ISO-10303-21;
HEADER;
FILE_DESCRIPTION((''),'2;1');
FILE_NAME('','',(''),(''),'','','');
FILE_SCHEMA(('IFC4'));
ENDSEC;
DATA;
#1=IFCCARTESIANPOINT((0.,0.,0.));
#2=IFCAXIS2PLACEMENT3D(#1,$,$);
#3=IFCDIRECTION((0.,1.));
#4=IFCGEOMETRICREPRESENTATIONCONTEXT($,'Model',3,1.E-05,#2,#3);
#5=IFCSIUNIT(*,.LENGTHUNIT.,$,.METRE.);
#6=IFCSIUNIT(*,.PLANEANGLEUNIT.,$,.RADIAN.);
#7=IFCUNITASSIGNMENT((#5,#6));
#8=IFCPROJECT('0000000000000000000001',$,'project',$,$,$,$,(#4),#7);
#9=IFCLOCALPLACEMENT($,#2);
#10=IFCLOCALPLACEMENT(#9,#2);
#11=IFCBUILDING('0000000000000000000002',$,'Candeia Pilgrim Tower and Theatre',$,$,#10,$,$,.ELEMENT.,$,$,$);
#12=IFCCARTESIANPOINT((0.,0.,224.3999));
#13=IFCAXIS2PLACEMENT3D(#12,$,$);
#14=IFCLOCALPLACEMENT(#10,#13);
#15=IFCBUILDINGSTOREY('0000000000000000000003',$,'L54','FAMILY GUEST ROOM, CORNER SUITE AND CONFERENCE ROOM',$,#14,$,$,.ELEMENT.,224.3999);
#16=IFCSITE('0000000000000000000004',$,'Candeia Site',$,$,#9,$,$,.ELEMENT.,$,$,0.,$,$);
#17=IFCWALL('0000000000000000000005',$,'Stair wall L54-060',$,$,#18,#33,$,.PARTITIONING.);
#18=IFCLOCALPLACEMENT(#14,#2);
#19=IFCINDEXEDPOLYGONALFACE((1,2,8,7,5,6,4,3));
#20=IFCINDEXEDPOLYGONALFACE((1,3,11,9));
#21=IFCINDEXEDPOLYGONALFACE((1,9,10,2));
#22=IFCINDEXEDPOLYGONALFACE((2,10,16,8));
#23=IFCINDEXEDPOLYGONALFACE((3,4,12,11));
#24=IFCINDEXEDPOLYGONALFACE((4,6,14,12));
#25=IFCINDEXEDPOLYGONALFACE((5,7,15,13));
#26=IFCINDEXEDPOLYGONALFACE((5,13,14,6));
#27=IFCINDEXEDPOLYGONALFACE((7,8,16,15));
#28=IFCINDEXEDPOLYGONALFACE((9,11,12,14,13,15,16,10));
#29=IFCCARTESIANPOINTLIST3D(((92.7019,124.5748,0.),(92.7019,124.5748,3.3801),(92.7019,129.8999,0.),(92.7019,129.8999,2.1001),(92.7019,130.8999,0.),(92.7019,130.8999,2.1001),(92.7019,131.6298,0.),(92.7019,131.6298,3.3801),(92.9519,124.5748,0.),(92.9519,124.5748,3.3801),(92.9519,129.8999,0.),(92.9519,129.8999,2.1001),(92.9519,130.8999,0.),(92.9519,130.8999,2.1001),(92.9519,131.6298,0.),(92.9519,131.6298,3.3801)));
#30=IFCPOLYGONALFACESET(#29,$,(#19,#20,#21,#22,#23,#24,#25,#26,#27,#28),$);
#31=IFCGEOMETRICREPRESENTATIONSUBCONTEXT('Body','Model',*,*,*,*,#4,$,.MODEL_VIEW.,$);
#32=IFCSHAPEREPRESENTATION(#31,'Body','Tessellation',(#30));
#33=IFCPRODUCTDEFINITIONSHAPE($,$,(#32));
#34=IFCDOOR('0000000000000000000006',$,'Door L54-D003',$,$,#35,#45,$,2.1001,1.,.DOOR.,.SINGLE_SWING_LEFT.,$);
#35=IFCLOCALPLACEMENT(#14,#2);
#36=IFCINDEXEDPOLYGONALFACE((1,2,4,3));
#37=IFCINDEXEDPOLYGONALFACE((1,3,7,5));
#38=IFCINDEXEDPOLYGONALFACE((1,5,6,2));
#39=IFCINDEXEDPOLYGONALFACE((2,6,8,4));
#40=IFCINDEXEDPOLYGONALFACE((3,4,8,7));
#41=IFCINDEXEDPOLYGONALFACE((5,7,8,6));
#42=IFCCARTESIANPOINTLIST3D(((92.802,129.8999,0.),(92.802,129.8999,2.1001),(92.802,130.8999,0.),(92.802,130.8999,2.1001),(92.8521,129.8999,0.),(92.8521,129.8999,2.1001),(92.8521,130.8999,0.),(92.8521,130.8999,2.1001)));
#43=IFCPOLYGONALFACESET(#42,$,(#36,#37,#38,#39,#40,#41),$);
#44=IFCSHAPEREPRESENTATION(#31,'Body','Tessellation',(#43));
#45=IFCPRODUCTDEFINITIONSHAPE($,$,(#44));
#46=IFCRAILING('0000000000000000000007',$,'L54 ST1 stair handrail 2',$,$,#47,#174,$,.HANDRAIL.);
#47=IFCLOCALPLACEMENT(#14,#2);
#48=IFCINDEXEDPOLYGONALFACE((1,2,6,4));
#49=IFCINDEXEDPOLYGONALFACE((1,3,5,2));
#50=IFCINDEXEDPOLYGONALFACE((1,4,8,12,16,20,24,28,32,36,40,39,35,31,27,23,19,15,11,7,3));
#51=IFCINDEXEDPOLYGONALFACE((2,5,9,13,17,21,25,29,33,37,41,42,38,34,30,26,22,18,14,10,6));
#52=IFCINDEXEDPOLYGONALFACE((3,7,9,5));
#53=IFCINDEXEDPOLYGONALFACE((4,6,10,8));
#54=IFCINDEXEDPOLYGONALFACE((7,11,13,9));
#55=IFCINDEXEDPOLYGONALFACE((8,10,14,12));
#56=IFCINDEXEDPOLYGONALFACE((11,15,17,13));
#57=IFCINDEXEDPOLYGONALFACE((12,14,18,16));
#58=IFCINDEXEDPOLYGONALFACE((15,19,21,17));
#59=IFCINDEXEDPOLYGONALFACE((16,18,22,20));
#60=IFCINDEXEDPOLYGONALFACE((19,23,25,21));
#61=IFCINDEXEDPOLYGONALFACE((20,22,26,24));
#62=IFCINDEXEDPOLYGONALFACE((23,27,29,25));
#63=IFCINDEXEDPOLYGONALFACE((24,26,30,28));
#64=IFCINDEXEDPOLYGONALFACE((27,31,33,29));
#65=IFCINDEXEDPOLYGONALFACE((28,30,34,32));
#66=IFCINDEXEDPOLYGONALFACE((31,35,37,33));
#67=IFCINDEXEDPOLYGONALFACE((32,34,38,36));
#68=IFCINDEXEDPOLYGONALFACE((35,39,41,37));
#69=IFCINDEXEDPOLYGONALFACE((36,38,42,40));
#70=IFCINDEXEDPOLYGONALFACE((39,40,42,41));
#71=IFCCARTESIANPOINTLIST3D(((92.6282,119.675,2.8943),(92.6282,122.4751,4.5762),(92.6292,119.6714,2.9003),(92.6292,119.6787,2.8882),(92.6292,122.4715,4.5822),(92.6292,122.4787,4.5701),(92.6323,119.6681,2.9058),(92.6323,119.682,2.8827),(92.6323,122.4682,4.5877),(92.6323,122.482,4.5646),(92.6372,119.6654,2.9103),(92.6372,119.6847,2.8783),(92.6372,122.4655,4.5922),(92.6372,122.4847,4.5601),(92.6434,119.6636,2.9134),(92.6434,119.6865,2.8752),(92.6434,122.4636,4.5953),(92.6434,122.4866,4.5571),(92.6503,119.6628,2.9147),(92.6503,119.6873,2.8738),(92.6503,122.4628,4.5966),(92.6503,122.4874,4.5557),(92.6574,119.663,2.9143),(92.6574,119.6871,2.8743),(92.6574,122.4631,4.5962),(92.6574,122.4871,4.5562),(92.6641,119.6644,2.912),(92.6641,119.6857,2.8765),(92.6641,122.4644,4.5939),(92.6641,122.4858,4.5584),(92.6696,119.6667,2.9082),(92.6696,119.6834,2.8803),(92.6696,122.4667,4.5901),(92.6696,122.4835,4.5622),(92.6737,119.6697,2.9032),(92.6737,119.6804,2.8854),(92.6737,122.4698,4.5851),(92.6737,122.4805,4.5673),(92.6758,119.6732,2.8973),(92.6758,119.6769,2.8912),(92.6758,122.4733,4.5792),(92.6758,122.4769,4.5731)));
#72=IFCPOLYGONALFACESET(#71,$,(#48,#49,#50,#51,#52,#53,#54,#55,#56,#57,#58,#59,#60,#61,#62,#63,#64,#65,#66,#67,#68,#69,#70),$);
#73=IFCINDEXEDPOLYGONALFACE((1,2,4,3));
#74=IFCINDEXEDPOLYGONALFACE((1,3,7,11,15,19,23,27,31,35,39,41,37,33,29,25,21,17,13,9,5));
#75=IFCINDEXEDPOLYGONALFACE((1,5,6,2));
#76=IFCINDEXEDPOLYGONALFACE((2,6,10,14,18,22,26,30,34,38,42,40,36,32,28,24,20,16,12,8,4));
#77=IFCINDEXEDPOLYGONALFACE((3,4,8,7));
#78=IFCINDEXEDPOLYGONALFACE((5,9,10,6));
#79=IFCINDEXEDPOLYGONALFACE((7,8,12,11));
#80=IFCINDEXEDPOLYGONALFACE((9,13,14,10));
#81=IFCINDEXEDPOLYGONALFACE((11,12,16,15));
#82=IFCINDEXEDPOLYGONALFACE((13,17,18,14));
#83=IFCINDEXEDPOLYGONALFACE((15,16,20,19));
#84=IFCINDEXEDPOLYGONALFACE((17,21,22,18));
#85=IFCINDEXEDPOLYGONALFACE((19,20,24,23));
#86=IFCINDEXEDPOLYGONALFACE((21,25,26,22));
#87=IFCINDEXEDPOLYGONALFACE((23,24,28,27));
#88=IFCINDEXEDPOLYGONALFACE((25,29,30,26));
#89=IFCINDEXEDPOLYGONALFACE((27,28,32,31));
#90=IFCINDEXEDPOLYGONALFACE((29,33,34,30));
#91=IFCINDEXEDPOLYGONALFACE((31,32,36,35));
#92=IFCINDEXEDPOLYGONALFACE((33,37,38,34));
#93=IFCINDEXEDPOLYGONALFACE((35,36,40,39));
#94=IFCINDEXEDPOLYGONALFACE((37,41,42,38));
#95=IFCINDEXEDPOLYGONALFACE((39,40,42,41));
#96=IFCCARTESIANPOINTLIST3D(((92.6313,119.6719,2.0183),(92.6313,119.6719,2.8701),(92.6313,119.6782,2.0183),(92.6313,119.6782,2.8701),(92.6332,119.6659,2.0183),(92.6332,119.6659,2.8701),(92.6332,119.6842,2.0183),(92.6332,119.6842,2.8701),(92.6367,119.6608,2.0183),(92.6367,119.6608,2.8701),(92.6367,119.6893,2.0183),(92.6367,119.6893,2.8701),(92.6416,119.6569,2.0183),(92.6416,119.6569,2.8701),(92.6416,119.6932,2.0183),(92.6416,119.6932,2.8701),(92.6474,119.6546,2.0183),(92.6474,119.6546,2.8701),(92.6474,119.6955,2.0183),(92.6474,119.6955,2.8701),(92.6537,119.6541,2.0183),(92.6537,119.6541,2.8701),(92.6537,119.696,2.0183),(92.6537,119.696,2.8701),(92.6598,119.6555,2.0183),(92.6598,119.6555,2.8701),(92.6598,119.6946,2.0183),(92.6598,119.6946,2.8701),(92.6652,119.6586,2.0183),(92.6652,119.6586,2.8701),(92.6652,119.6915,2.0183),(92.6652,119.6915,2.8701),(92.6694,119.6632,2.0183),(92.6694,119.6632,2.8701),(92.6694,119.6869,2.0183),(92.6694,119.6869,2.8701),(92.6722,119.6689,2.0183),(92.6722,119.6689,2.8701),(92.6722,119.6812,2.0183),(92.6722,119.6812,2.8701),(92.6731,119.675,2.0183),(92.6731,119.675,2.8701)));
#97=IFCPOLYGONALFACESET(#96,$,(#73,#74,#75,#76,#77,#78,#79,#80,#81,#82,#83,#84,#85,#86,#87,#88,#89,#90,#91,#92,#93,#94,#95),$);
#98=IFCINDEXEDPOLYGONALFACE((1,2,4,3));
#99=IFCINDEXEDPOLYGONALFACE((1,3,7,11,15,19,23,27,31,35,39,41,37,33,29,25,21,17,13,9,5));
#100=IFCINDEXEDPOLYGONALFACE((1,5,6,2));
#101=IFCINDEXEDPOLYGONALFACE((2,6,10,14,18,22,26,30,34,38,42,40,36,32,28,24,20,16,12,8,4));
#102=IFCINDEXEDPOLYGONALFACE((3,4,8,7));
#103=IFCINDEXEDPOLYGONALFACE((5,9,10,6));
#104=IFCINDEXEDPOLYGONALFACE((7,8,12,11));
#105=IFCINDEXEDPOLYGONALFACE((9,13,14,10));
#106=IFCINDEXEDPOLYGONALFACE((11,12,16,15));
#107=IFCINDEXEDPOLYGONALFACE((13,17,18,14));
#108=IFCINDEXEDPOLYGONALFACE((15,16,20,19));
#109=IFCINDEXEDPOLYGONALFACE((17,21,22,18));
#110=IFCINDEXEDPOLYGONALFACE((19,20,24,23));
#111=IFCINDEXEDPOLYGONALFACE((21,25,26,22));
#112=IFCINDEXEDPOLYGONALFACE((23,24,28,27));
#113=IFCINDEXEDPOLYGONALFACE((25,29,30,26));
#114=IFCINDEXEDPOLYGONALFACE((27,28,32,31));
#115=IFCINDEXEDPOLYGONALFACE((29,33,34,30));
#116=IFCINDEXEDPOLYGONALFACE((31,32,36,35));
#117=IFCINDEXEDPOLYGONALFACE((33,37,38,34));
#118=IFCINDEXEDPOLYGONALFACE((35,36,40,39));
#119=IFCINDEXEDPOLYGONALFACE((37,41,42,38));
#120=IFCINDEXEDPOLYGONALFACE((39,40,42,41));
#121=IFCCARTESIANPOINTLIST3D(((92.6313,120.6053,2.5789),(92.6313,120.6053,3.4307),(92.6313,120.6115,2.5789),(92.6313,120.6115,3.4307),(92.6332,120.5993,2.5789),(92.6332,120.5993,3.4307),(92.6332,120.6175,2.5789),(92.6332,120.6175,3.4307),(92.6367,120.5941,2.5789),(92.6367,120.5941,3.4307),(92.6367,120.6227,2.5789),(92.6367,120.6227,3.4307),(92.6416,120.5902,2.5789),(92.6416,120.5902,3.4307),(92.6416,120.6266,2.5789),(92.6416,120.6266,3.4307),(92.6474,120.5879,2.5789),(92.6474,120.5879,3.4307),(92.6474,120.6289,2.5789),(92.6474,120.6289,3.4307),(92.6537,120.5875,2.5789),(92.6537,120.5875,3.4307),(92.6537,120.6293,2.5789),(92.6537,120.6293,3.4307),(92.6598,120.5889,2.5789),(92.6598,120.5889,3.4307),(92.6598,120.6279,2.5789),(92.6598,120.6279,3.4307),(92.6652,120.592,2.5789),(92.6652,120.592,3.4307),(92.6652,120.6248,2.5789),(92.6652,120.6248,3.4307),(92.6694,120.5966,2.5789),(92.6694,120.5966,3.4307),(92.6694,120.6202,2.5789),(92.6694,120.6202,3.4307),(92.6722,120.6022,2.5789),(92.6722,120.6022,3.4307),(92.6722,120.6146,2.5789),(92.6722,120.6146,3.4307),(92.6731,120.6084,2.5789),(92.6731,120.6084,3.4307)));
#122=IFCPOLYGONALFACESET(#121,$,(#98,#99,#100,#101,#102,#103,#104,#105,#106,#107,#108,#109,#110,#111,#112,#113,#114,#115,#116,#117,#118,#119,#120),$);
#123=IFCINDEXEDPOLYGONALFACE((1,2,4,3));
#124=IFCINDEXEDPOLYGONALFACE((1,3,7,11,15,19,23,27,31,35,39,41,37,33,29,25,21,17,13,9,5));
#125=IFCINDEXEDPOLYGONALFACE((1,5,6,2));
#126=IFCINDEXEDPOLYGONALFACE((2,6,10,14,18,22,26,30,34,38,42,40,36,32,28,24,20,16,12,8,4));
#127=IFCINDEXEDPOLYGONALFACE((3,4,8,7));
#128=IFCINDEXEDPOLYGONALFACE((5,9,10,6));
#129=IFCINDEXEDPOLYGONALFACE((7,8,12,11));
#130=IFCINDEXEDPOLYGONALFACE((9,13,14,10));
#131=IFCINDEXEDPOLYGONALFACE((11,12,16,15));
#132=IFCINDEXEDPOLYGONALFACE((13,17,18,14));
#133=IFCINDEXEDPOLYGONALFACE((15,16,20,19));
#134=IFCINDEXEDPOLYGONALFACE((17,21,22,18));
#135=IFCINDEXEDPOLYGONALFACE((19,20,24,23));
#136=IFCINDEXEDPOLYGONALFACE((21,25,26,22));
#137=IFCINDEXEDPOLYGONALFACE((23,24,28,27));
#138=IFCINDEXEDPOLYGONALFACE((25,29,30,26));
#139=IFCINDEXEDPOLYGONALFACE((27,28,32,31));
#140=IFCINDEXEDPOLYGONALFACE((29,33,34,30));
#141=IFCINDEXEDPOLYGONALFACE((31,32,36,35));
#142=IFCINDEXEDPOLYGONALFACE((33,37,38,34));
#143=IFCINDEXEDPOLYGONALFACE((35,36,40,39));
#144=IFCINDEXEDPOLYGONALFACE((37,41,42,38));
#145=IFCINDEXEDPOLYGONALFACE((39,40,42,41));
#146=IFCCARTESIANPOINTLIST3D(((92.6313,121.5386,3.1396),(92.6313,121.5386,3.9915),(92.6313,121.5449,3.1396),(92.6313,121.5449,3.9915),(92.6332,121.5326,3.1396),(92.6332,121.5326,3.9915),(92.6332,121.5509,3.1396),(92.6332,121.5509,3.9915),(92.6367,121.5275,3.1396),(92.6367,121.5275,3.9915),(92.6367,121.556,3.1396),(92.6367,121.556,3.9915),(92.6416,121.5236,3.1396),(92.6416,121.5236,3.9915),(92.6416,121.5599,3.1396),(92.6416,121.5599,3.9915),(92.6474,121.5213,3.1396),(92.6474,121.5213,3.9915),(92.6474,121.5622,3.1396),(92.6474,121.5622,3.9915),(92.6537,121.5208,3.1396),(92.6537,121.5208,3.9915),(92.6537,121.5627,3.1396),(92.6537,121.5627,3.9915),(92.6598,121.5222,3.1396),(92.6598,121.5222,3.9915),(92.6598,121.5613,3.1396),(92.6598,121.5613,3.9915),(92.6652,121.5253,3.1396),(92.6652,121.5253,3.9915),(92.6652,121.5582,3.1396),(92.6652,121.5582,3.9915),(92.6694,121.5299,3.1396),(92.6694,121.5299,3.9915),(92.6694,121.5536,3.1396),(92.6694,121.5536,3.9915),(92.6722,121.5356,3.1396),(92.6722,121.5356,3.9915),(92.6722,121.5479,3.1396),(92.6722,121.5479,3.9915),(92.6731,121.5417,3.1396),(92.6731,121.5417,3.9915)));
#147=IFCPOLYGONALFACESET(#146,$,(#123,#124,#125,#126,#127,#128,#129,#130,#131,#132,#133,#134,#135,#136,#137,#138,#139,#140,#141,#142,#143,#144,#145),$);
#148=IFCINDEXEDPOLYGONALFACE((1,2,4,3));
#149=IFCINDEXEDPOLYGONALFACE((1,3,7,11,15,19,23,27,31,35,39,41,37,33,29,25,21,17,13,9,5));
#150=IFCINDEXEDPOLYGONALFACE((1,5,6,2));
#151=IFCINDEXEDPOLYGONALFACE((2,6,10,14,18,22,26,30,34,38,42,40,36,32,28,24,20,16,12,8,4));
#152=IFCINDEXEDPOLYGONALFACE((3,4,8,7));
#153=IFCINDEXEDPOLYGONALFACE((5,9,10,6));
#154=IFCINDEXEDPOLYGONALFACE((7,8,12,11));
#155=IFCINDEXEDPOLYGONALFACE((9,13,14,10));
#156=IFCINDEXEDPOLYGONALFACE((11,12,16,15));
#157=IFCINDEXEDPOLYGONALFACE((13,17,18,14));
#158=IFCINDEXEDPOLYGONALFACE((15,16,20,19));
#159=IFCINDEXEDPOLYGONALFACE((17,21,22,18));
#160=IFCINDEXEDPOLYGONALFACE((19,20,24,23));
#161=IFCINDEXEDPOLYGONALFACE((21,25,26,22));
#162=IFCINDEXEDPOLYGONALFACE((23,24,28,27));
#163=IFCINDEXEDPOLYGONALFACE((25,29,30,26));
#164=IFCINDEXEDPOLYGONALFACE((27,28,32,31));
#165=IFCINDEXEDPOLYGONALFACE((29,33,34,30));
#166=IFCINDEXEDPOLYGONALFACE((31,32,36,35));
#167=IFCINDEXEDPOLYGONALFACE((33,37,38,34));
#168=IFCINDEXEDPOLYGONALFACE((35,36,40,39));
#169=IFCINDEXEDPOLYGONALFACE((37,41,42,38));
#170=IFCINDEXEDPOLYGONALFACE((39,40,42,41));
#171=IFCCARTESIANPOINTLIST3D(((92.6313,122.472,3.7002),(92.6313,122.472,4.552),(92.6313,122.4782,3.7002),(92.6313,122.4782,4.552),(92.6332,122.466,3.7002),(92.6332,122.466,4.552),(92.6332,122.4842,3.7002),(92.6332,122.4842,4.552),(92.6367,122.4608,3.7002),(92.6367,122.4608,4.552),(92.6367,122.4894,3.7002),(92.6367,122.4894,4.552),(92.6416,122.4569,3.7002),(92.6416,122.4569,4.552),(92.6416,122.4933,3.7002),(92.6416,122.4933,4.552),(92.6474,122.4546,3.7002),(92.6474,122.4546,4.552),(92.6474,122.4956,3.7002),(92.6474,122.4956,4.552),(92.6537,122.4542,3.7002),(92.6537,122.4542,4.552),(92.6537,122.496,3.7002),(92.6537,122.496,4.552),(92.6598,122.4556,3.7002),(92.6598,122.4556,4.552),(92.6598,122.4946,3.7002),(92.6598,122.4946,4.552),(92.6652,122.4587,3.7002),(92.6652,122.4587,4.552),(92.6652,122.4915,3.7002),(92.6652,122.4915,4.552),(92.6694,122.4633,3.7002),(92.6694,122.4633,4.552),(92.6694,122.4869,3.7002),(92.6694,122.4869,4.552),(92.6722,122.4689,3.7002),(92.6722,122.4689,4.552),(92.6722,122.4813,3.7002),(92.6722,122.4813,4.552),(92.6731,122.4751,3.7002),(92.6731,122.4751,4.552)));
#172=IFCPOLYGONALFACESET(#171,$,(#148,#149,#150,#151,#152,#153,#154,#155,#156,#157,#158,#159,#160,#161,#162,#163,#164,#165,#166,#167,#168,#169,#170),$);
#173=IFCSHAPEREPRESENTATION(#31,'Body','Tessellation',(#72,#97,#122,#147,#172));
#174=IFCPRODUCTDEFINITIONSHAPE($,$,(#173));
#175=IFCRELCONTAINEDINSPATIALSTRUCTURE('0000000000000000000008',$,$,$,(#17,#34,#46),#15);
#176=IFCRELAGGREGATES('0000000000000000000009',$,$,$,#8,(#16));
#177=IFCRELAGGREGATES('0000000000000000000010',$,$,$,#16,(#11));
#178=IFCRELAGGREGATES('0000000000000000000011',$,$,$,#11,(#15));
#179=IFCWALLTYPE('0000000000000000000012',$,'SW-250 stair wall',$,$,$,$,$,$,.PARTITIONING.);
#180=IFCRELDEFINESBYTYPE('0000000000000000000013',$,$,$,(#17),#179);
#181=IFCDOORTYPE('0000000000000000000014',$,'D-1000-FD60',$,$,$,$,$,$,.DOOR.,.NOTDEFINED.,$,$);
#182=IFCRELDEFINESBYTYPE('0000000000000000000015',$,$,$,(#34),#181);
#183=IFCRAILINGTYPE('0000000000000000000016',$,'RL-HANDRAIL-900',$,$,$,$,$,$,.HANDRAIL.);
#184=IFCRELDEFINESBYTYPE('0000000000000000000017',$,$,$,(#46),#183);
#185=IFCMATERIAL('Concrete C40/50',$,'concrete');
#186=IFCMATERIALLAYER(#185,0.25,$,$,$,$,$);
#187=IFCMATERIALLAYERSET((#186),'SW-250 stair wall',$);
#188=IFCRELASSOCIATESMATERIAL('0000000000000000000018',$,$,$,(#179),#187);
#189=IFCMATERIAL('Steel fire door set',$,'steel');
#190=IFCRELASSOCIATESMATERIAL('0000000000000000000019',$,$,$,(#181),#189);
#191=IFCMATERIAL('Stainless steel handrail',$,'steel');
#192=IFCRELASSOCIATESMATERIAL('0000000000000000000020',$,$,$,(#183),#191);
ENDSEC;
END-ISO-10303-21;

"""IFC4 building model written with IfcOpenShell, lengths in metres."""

from ifc_helpers import new_model, si_unit, direction, frame, frame_2d, origin, origin_2d, place, context, subcontext, project, spatial, rectangle, circle, extrude, material, layer, layer_set, type_object, element, fill, save


model = new_model("IFC4")

# Units and contexts
model_context = context("Model", 3, precision=1e-05, world=origin(), true_north=direction((0.0, 1.0)))
body_context = subcontext(model_context, "Body", "Model", "MODEL_VIEW")
ifc_project = project(units=[si_unit("LENGTHUNIT", "METRE"), si_unit("PLANEANGLEUNIT", "RADIAN")], contexts=[model_context])

# Site, building, storey
site_placement = place(None, origin())
site = spatial("IfcSite", under=ifc_project, at=site_placement, Name="Candeia Site", CompositionType="ELEMENT", RefElevation=0.0)
building_placement = place(site_placement, origin())
building = spatial("IfcBuilding", under=site, at=building_placement, Name="Candeia Pilgrim Tower and Theatre", CompositionType="ELEMENT")
storey_placement = place(building_placement, frame((0.0, 0.0, 224.3999)))
storey = spatial("IfcBuildingStorey", under=building, at=storey_placement, Name="L54", Description="FAMILY GUEST ROOM, CORNER SUITE AND CONFERENCE ROOM", CompositionType="ELEMENT", Elevation=224.3999)

# Shared definitions
ifc_material_1 = material(Name="Steel fire door set", Category="steel")

# Shared definitions
ifc_material_2 = material(Name="Concrete C40/50", Category="concrete")

# Wall, opening, door
ifc_layer_1 = layer(ifc_material_2, 0.25)
ifc_layer_set_1 = layer_set([ifc_layer_1], Name="SW-250 stair wall")
wall_type_1 = type_object("IfcWallType", Name="SW-250 stair wall", PredefinedType="PARTITIONING", material=ifc_layer_set_1)
wall_1_placement = place(storey_placement, frame((92.8269, 124.575, 0.0), z_axis=(0.0, 0.0, 1.0), x_axis=(0.0, 1.0, 0.0)))
wall_1 = element("IfcWall", 1, at=wall_1_placement, inside=storey, type_object=wall_type_1, Name="Stair wall L54-060", PredefinedType="PARTITIONING", context=body_context, shape_type="SweptSolid", body=[
    extrude(rectangle(XDim=7.0549, YDim=0.25, at=frame_2d((3.5273, 0.0))), origin(), (0.0, 0.0, 1.0), 3.3801),
])
opening_1_placement = place(wall_1_placement, frame((5.325, 0.0, 0.0)))
opening_1 = element("IfcOpeningElement", 2, at=opening_1_placement, cuts=wall_1, PredefinedType="OPENING", context=body_context, shape_type="SweptSolid", body=[
    extrude(rectangle(XDim=1.0, YDim=2.1001, at=frame_2d((0.5, 1.05))), frame((0.0, 0.135, 0.0), z_axis=(0.0, -1.0, 0.0), x_axis=(1.0, 0.0, 0.0)), (0.0, 0.0, 1.0), 0.27),
])
door_type_1 = type_object("IfcDoorType", Name="D-1000-FD60", OperationType="NOTDEFINED", PredefinedType="DOOR", material=ifc_material_1)
door_1_placement = place(opening_1_placement, origin())
door_1 = element("IfcDoor", 3, at=door_1_placement, inside=storey, type_object=door_type_1, Name="Door L54-D003", OperationType="SINGLE_SWING_LEFT", OverallHeight=2.1001, OverallWidth=1.0, PredefinedType="DOOR", context=body_context, shape_type="SweptSolid", body=[
    extrude(rectangle(XDim=1.0, YDim=2.1001, at=frame_2d((0.5, 1.05))), frame((0.0, 0.0249, 0.0), z_axis=(0.0, -1.0, 0.0), x_axis=(1.0, 0.0, 0.0)), (0.0, 0.0, 1.0), 0.05),
])
fill(opening_1, door_1)

# Railing
ifc_material_3 = material(Name="Stainless steel handrail", Category="steel")
railing_type = type_object("IfcRailingType", Name="RL-HANDRAIL-900", PredefinedType="HANDRAIL", material=ifc_material_3)
for number, where, name in (
    (4, (92.6521, 119.675, 2.0183), "L54 ST1 stair handrail 2"),
):
    element("IfcRailing", number, at=place(storey_placement, frame(where)), inside=storey, type_object=railing_type, Name=name, PredefinedType="HANDRAIL", context=body_context, shape_type="SweptSolid", body=[
        extrude(circle(Radius=0.0239, at=origin_2d()), frame((0.0, 0.0, 0.876), z_axis=(0.0, 0.857242, 0.514913), x_axis=(-1.0, 0.0, 0.0)), (0.0, 0.0, 1.0), 3.2664),
        extrude(circle(Radius=0.021, at=origin_2d()), origin(), (0.0, 0.0, 1.0), 0.8518),
        extrude(circle(Radius=0.021, at=origin_2d()), frame((0.0, 0.9333, 0.5605)), (0.0, 0.0, 1.0), 0.8518),
        extrude(circle(Radius=0.021, at=origin_2d()), frame((0.0, 1.8667, 1.1213)), (0.0, 0.0, 1.0), 0.8518),
        extrude(circle(Radius=0.021, at=origin_2d()), frame((0.0, 2.8, 1.6819)), (0.0, 0.0, 1.0), 0.8518),
    ])

save(model, "model.ifc")
